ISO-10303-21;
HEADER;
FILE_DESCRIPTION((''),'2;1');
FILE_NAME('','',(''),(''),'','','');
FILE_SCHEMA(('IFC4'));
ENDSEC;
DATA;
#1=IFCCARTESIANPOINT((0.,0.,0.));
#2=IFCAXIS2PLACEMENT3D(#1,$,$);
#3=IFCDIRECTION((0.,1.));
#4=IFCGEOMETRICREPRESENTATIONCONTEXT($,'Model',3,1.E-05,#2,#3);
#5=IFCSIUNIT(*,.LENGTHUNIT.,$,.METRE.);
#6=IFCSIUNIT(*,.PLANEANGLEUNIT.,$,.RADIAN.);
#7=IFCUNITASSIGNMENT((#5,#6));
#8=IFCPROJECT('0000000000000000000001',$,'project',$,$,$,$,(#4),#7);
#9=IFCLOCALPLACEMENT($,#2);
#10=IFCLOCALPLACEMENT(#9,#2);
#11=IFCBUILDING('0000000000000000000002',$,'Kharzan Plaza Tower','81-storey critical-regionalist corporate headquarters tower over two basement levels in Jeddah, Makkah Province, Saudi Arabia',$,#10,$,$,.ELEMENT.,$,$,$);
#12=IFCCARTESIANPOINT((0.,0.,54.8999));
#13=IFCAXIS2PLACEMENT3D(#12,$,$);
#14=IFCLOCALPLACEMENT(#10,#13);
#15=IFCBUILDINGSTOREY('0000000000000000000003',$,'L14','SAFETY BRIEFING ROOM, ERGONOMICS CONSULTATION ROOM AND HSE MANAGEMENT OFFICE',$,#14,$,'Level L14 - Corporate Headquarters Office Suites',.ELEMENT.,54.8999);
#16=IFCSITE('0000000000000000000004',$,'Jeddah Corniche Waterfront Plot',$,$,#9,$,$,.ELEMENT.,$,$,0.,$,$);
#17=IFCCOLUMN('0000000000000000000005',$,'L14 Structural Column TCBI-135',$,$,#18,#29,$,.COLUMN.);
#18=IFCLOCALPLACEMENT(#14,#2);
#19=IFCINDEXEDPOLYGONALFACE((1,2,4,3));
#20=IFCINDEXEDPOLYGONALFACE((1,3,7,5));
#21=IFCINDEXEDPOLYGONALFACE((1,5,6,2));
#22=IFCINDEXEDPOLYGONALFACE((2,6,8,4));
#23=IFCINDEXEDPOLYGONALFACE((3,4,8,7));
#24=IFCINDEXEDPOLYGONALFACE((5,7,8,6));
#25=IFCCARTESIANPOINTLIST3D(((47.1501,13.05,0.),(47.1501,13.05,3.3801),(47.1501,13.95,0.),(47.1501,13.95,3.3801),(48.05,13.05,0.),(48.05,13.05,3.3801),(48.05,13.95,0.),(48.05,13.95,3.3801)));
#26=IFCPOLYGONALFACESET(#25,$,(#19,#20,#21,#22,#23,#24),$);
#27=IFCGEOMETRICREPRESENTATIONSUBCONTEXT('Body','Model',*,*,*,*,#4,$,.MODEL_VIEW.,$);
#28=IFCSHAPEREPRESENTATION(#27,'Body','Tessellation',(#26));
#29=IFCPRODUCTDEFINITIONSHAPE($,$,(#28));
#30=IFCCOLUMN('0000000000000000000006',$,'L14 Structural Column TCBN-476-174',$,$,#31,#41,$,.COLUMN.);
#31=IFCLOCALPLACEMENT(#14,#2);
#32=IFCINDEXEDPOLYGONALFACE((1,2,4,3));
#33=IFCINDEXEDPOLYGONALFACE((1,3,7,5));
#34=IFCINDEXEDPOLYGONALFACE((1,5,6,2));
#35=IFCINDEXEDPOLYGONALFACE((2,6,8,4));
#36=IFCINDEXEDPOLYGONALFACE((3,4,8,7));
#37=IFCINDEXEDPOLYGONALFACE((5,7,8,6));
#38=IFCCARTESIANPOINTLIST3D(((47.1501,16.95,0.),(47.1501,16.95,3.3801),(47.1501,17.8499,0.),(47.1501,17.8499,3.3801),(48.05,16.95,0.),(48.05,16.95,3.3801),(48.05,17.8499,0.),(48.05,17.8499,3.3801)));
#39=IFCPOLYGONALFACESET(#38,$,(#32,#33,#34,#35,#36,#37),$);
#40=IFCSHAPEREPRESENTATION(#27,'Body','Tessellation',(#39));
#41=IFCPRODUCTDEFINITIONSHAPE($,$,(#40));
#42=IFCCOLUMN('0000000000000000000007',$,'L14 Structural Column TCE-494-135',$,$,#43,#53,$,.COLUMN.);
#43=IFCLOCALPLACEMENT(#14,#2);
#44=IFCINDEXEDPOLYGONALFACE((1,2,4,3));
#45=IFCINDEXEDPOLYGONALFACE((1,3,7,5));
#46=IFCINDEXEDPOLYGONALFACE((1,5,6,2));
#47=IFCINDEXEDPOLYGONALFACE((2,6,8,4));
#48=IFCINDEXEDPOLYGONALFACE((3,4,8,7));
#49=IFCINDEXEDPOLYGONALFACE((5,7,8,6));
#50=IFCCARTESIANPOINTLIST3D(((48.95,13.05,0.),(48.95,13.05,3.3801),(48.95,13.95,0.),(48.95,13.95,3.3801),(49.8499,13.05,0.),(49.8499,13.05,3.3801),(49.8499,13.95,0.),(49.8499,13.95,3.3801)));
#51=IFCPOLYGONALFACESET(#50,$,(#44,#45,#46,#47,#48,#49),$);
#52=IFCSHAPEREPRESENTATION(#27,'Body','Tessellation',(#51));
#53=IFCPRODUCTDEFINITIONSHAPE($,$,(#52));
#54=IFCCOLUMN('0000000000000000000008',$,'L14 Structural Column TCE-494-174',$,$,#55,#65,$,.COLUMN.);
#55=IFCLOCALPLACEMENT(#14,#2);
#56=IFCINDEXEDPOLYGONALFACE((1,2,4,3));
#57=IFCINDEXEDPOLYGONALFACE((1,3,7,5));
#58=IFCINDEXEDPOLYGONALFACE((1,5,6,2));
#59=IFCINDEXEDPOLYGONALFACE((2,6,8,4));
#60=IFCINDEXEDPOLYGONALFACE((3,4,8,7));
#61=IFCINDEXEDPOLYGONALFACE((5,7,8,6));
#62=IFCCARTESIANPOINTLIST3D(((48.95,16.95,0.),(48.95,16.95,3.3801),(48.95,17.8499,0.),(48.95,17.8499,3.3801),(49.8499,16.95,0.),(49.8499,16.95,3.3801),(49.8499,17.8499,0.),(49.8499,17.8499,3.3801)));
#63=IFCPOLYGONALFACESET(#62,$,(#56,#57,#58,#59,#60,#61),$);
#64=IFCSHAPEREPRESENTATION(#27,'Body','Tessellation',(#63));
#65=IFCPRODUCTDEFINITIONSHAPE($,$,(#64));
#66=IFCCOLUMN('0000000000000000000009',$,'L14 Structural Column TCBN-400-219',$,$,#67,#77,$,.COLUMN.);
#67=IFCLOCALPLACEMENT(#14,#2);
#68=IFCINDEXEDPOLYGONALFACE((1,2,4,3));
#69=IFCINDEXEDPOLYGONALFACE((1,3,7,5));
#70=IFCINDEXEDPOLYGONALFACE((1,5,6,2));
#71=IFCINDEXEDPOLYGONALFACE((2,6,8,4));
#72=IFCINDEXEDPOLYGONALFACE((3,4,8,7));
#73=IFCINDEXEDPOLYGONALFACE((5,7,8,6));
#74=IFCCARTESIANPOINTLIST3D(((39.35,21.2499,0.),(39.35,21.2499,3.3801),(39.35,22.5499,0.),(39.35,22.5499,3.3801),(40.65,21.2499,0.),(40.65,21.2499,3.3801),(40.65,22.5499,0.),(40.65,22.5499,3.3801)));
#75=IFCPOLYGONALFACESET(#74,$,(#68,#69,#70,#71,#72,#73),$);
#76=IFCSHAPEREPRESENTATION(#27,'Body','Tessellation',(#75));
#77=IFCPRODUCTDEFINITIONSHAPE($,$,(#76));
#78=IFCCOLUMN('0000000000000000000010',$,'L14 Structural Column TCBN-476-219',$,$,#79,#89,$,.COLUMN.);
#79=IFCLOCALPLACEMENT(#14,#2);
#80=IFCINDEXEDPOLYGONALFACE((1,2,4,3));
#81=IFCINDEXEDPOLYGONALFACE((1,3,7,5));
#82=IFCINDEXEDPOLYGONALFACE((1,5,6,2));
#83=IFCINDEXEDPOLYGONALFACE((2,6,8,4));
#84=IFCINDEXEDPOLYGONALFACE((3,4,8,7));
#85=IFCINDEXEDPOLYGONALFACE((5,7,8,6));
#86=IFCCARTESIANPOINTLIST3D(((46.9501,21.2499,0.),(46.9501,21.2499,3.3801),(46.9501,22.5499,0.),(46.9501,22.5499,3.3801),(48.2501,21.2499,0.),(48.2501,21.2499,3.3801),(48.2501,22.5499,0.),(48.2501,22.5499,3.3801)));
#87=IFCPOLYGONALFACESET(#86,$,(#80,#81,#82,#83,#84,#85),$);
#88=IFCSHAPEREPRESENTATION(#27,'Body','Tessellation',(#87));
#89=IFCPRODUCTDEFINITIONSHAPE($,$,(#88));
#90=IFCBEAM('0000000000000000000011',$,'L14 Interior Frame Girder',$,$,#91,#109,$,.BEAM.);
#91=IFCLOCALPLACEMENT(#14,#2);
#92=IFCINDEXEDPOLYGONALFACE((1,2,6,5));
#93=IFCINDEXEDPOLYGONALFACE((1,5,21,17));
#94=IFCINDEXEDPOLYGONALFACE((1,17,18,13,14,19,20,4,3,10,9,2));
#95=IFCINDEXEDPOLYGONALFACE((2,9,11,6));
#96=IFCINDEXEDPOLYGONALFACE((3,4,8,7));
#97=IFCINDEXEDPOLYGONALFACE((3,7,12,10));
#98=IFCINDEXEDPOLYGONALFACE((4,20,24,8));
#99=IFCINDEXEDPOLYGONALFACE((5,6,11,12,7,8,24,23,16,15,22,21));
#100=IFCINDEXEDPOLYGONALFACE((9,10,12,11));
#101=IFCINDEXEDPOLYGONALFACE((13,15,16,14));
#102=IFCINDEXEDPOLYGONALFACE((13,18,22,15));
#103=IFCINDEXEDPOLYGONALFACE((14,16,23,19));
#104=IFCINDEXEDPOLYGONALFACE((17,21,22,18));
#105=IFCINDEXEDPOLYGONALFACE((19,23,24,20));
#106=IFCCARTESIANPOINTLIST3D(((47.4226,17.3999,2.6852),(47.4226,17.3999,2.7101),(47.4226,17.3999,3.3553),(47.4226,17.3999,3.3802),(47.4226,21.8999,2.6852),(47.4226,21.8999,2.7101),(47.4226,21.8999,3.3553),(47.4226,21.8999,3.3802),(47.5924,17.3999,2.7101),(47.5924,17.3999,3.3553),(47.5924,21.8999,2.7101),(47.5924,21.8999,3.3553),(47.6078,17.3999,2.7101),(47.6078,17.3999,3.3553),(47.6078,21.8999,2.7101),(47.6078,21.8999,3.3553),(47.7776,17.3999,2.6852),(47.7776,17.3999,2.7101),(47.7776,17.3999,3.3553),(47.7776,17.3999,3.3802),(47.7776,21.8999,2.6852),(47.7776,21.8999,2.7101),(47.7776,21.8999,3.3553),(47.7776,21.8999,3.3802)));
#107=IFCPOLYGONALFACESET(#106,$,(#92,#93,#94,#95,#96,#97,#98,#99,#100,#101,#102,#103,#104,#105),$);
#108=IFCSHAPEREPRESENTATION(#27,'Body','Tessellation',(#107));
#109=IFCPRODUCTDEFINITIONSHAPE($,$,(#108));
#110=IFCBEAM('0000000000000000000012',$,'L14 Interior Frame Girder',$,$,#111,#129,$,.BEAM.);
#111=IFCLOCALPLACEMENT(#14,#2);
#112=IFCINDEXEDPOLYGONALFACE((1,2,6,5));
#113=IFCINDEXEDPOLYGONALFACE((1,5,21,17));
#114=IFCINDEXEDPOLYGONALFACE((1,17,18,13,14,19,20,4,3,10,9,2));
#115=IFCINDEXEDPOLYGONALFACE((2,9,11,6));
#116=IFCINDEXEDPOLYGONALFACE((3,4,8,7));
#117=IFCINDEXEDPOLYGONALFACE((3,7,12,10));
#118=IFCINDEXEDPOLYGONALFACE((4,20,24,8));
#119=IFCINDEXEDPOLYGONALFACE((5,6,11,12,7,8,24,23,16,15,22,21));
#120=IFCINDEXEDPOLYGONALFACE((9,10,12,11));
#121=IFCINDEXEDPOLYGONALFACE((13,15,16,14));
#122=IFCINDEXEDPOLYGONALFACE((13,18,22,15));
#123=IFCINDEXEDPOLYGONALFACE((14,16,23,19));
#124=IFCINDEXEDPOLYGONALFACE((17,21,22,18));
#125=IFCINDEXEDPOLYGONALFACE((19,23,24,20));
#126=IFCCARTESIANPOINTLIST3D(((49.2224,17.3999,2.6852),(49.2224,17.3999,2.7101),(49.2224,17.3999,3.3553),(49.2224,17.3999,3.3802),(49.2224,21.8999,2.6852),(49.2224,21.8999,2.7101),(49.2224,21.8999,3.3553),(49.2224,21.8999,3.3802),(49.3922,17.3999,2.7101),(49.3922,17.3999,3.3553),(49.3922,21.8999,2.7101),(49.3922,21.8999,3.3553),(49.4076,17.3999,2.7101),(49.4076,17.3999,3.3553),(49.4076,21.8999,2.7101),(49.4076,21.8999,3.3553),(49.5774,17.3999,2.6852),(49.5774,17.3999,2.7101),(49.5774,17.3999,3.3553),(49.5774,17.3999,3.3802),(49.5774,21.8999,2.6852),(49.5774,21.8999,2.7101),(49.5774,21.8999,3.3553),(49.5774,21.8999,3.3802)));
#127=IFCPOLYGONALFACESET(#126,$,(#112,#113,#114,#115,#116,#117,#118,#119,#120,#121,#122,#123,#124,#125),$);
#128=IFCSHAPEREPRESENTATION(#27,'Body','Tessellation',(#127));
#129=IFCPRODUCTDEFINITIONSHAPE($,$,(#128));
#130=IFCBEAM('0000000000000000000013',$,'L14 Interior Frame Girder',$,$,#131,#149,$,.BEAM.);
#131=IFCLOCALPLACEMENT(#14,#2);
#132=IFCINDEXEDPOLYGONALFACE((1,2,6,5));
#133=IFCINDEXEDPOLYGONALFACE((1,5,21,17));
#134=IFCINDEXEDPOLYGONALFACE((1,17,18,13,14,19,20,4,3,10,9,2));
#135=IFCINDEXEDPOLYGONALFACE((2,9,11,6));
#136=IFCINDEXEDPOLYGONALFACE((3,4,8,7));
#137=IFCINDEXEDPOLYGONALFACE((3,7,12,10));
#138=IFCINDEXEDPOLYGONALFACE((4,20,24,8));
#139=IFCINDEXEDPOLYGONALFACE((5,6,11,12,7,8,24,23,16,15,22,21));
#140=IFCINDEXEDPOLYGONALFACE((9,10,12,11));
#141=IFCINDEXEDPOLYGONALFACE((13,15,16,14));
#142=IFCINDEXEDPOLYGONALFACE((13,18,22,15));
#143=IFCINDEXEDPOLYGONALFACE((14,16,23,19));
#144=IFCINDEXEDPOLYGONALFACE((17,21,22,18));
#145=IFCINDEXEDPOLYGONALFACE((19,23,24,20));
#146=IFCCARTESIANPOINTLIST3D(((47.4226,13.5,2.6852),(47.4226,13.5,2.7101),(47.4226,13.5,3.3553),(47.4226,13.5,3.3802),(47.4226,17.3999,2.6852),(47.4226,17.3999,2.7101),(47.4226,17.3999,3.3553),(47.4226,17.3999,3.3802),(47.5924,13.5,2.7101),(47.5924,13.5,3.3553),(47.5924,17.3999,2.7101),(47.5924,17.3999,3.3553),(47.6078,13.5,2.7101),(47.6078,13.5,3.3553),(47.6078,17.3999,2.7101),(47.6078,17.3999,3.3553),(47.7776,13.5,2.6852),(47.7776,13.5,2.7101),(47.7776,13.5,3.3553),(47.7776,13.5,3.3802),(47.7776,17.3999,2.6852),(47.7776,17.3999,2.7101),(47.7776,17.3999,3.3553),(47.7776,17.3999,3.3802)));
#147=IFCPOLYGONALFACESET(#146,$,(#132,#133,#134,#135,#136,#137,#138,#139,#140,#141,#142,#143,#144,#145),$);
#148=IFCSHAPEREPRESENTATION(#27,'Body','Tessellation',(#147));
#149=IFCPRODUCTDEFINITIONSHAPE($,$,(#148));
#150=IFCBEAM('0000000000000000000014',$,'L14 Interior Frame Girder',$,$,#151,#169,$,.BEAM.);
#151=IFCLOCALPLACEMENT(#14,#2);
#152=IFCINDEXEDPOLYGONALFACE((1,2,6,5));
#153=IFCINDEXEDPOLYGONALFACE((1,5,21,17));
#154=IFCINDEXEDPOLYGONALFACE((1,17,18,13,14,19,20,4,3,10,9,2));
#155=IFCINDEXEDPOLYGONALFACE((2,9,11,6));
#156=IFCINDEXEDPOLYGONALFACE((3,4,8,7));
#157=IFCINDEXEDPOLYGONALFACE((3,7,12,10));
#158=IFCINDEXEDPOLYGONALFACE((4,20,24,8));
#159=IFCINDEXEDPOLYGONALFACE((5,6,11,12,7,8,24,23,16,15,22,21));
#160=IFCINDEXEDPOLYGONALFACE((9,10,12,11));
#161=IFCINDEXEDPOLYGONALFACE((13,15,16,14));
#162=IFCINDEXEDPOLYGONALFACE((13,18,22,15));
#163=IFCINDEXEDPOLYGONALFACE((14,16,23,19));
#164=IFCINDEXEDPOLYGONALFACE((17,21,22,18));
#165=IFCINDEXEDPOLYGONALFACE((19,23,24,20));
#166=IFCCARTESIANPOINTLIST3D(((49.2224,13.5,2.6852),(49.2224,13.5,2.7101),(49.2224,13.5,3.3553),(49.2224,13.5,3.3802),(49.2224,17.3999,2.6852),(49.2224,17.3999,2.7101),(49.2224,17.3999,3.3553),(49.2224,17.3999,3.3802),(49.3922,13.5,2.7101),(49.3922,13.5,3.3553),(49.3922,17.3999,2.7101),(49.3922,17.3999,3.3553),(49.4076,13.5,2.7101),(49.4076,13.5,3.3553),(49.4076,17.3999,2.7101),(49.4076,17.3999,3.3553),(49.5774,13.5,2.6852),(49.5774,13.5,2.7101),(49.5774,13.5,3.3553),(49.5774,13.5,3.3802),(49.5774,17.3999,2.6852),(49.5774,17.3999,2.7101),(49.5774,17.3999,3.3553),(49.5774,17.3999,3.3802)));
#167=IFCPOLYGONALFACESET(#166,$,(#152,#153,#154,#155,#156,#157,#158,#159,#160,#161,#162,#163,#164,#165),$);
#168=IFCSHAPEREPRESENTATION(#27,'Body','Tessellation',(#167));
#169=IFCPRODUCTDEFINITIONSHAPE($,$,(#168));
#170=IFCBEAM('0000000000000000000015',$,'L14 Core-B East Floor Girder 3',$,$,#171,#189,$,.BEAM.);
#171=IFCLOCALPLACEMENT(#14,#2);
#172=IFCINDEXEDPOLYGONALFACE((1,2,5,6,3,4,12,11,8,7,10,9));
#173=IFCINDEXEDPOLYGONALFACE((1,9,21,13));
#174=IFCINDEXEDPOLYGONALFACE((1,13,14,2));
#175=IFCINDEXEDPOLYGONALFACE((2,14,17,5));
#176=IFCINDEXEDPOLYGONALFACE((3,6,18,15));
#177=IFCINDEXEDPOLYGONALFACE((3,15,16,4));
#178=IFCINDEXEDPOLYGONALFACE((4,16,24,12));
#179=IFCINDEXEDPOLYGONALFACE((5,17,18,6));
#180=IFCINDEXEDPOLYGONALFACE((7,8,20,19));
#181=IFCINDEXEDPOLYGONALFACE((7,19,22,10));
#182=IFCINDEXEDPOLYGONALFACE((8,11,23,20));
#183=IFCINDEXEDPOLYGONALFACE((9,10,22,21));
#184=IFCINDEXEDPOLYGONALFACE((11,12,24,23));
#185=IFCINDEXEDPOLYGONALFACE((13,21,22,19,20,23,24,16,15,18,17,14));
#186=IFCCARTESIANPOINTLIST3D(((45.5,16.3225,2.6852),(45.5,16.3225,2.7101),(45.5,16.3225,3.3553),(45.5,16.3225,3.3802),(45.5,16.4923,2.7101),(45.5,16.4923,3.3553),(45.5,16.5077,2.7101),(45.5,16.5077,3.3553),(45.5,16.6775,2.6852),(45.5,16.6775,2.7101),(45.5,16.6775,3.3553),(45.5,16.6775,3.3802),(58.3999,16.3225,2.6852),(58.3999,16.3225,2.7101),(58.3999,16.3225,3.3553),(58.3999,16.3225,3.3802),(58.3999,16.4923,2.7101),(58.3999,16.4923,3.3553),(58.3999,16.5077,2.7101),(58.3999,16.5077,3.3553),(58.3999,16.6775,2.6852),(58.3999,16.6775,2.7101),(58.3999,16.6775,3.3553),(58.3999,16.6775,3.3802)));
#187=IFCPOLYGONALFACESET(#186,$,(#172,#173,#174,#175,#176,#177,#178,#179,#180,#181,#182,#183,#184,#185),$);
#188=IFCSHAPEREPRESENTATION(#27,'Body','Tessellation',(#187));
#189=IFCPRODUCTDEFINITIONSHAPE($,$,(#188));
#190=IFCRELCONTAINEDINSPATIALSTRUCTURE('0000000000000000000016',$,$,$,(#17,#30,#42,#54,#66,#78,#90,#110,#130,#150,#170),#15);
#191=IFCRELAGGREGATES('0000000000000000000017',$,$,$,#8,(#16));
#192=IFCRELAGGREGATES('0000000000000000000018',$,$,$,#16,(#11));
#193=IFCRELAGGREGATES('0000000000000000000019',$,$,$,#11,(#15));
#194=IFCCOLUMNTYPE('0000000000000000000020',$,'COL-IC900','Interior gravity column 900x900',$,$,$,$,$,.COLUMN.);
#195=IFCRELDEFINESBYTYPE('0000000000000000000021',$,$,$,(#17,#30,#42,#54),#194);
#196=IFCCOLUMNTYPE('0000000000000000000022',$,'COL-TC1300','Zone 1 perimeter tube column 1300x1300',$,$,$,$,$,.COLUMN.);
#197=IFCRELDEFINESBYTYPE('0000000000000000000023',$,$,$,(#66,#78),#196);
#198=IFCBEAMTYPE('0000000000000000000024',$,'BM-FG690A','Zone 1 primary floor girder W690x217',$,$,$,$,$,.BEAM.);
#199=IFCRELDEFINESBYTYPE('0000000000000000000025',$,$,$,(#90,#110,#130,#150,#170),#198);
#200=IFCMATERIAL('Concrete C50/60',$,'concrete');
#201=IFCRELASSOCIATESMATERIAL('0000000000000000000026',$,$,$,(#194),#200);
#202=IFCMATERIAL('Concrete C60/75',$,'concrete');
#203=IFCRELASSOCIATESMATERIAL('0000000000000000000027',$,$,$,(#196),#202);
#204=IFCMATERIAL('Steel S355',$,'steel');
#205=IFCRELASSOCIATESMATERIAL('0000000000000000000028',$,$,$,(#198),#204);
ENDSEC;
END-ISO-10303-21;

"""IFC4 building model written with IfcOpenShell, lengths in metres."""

from ifc_helpers import new_model, si_unit, direction, frame, origin, origin_2d, place, context, subcontext, project, spatial, rectangle, i_section, extrude, source, transform, mapped, material, material_profile, profile_set, type_object, element, save


model = new_model("IFC4")

# Units and contexts
model_context = context("Model", 3, precision=1e-05, world=origin(), true_north=direction((0.0, 1.0)))
body_context = subcontext(model_context, "Body", "Model", "MODEL_VIEW")
ifc_project = project(units=[si_unit("LENGTHUNIT", "METRE"), si_unit("PLANEANGLEUNIT", "RADIAN")], contexts=[model_context])

# Site, building, storey
site_placement = place(None, origin())
site = spatial("IfcSite", under=ifc_project, at=site_placement, Name="Jeddah Corniche Waterfront Plot", CompositionType="ELEMENT", RefElevation=0.0)
building_placement = place(site_placement, origin())
building = spatial("IfcBuilding", under=site, at=building_placement, Name="Kharzan Plaza Tower", Description="81-storey critical-regionalist corporate headquarters tower over two basement levels in Jeddah, Makkah Province, Saudi Arabia", CompositionType="ELEMENT")
storey_placement = place(building_placement, frame((0.0, 0.0, 54.8999)))
storey = spatial("IfcBuildingStorey", under=building, at=storey_placement, Name="L14", Description="SAFETY BRIEFING ROOM, ERGONOMICS CONSULTATION ROOM AND HSE MANAGEMENT OFFICE", LongName="Level L14 - Corporate Headquarters Office Suites", CompositionType="ELEMENT", Elevation=54.8999)

# Columns
ifc_material_1 = material(Name="Concrete C50/60", Category="concrete")
ifc_material_profile_1 = material_profile(ifc_material_1, rectangle(XDim=0.8999, YDim=0.8999, at=origin_2d()), Name="RC-IC900x900")
ifc_profile_set_1 = profile_set([ifc_material_profile_1], Name="Concrete C50/60")
column_type_1 = type_object("IfcColumnType", Name="COL-IC900", Description="Interior gravity column 900x900", PredefinedType="COLUMN", material=ifc_profile_set_1)
shared_shape_1 = source(origin(), body_context, "Body", "SweptSolid", [
    extrude(rectangle(XDim=0.8999, YDim=0.8999, at=origin_2d()), origin(), (0.0, 0.0, 1.0), 3.3801),
])
for number, where, z_axis, x_axis, name in (
    (1, (47.6001, 13.5, 0.0), (0.0, 0.0, 1.0), (1.0, 0.0, 0.0), "L14 Structural Column TCBI-135"),
    (2, (47.6001, 17.3999, 0.0), (0.0, 0.0, 1.0), (1.0, 0.0, 0.0), "L14 Structural Column TCBN-476-174"),
    (3, (49.3999, 13.5, 0.0), (0.0, 0.0, 1.0), (1.0, 0.0, 0.0), "L14 Structural Column TCE-494-135"),
    (4, (49.3999, 17.3999, 0.0), (0.0, 0.0, 1.0), (1.0, 0.0, 0.0), "L14 Structural Column TCE-494-174"),
):
    element("IfcColumn", number, at=place(storey_placement, frame(where, z_axis=z_axis, x_axis=x_axis)), inside=storey, type_object=column_type_1, Name=name, PredefinedType="COLUMN", context=body_context, shape_type="MappedRepresentation", body=[
        mapped(shared_shape_1, transform((0.0, 0.0, 0.0), x_axis=(1.0, 0.0, 0.0), y_axis=(0.0, 1.0, 0.0), z_axis=(0.0, 0.0, 1.0))),
    ])
ifc_material_2 = material(Name="Concrete C60/75", Category="concrete")
ifc_material_profile_2 = material_profile(ifc_material_2, rectangle(XDim=1.3, YDim=1.3, at=origin_2d()), Name="RC-TC1300x1300")
ifc_profile_set_2 = profile_set([ifc_material_profile_2], Name="Concrete C60/75")
column_type_2 = type_object("IfcColumnType", Name="COL-TC1300", Description="Zone 1 perimeter tube column 1300x1300", PredefinedType="COLUMN", material=ifc_profile_set_2)
shared_shape_2 = source(origin(), body_context, "Body", "SweptSolid", [
    extrude(rectangle(XDim=1.3, YDim=1.3, at=origin_2d()), origin(), (0.0, 0.0, 1.0), 3.3801),
])
for number, where, z_axis, x_axis, name in (
    (5, (40.0, 21.8999, 0.0), (0.0, 0.0, 1.0), (1.0, 0.0, 0.0), "L14 Structural Column TCBN-400-219"),
    (6, (47.6001, 21.8999, 0.0), (0.0, 0.0, 1.0), (1.0, 0.0, 0.0), "L14 Structural Column TCBN-476-219"),
):
    element("IfcColumn", number, at=place(storey_placement, frame(where, z_axis=z_axis, x_axis=x_axis)), inside=storey, type_object=column_type_2, Name=name, PredefinedType="COLUMN", context=body_context, shape_type="MappedRepresentation", body=[
        mapped(shared_shape_2, transform((0.0, 0.0, 0.0), x_axis=(1.0, 0.0, 0.0), y_axis=(0.0, 1.0, 0.0), z_axis=(0.0, 0.0, 1.0))),
    ])

# Beams
ifc_material_3 = material(Name="Steel S355", Category="steel")
ifc_material_profile_3 = material_profile(ifc_material_3, i_section(OverallWidth=0.355, OverallDepth=0.6951, WebThickness=0.0154, FlangeThickness=0.0249, at=origin_2d()), Name="W690x217")
ifc_profile_set_3 = profile_set([ifc_material_profile_3], Name="Steel S355")
beam_type_1 = type_object("IfcBeamType", Name="BM-FG690A", Description="Zone 1 primary floor girder W690x217", PredefinedType="BEAM", material=ifc_profile_set_3)
shared_shape_3 = source(origin(), body_context, "Body", "SweptSolid", [
    extrude(i_section(OverallWidth=0.355, OverallDepth=0.6951, WebThickness=0.0154, FlangeThickness=0.0249, at=origin_2d()), origin(), (0.0, 0.0, 1.0), 4.5),
])
for number, where, z_axis, x_axis, name in (
    (7, (47.6001, 17.3999, 3.0327), (0.0, 1.0, 0.0), (-1.0, 0.0, 0.0), "L14 Interior Frame Girder"),
    (8, (49.3999, 17.3999, 3.0327), (0.0, 1.0, 0.0), (-1.0, 0.0, 0.0), "L14 Interior Frame Girder"),
):
    element("IfcBeam", number, at=place(storey_placement, frame(where, z_axis=z_axis, x_axis=x_axis)), inside=storey, type_object=beam_type_1, Name=name, PredefinedType="BEAM", context=body_context, shape_type="MappedRepresentation", body=[
        mapped(shared_shape_3, transform((0.0, 0.0, 0.0), x_axis=(1.0, 0.0, 0.0), y_axis=(0.0, 1.0, 0.0), z_axis=(0.0, 0.0, 1.0))),
    ])
shared_shape_4 = source(origin(), body_context, "Body", "SweptSolid", [
    extrude(i_section(OverallWidth=0.355, OverallDepth=0.6951, WebThickness=0.0154, FlangeThickness=0.0249, at=origin_2d()), origin(), (0.0, 0.0, 1.0), 3.8999),
])
for number, where, z_axis, x_axis, name in (
    (9, (47.6001, 13.5, 3.0327), (0.0, 1.0, 0.0), (-1.0, 0.0, 0.0), "L14 Interior Frame Girder"),
    (10, (49.3999, 13.5, 3.0327), (0.0, 1.0, 0.0), (-1.0, 0.0, 0.0), "L14 Interior Frame Girder"),
):
    element("IfcBeam", number, at=place(storey_placement, frame(where, z_axis=z_axis, x_axis=x_axis)), inside=storey, type_object=beam_type_1, Name=name, PredefinedType="BEAM", context=body_context, shape_type="MappedRepresentation", body=[
        mapped(shared_shape_4, transform((0.0, 0.0, 0.0), x_axis=(1.0, 0.0, 0.0), y_axis=(0.0, 1.0, 0.0), z_axis=(0.0, 0.0, 1.0))),
    ])
shared_shape_5 = source(origin(), body_context, "Body", "SweptSolid", [
    extrude(i_section(OverallWidth=0.355, OverallDepth=0.6951, WebThickness=0.0154, FlangeThickness=0.0249, at=origin_2d()), origin(), (0.0, 0.0, 1.0), 12.8999),
])
beam_1_placement = place(storey_placement, frame((45.5, 16.5, 3.0327), z_axis=(1.0, 0.0, 0.0), x_axis=(0.0, 1.0, 0.0)))
element("IfcBeam", 11, at=beam_1_placement, inside=storey, type_object=beam_type_1, Name="L14 Core-B East Floor Girder 3", PredefinedType="BEAM", context=body_context, shape_type="MappedRepresentation", body=[
    mapped(shared_shape_5, transform((0.0, 0.0, 0.0), x_axis=(1.0, 0.0, 0.0), y_axis=(0.0, 1.0, 0.0), z_axis=(0.0, 0.0, 1.0))),
])

save(model, "model.ifc")
